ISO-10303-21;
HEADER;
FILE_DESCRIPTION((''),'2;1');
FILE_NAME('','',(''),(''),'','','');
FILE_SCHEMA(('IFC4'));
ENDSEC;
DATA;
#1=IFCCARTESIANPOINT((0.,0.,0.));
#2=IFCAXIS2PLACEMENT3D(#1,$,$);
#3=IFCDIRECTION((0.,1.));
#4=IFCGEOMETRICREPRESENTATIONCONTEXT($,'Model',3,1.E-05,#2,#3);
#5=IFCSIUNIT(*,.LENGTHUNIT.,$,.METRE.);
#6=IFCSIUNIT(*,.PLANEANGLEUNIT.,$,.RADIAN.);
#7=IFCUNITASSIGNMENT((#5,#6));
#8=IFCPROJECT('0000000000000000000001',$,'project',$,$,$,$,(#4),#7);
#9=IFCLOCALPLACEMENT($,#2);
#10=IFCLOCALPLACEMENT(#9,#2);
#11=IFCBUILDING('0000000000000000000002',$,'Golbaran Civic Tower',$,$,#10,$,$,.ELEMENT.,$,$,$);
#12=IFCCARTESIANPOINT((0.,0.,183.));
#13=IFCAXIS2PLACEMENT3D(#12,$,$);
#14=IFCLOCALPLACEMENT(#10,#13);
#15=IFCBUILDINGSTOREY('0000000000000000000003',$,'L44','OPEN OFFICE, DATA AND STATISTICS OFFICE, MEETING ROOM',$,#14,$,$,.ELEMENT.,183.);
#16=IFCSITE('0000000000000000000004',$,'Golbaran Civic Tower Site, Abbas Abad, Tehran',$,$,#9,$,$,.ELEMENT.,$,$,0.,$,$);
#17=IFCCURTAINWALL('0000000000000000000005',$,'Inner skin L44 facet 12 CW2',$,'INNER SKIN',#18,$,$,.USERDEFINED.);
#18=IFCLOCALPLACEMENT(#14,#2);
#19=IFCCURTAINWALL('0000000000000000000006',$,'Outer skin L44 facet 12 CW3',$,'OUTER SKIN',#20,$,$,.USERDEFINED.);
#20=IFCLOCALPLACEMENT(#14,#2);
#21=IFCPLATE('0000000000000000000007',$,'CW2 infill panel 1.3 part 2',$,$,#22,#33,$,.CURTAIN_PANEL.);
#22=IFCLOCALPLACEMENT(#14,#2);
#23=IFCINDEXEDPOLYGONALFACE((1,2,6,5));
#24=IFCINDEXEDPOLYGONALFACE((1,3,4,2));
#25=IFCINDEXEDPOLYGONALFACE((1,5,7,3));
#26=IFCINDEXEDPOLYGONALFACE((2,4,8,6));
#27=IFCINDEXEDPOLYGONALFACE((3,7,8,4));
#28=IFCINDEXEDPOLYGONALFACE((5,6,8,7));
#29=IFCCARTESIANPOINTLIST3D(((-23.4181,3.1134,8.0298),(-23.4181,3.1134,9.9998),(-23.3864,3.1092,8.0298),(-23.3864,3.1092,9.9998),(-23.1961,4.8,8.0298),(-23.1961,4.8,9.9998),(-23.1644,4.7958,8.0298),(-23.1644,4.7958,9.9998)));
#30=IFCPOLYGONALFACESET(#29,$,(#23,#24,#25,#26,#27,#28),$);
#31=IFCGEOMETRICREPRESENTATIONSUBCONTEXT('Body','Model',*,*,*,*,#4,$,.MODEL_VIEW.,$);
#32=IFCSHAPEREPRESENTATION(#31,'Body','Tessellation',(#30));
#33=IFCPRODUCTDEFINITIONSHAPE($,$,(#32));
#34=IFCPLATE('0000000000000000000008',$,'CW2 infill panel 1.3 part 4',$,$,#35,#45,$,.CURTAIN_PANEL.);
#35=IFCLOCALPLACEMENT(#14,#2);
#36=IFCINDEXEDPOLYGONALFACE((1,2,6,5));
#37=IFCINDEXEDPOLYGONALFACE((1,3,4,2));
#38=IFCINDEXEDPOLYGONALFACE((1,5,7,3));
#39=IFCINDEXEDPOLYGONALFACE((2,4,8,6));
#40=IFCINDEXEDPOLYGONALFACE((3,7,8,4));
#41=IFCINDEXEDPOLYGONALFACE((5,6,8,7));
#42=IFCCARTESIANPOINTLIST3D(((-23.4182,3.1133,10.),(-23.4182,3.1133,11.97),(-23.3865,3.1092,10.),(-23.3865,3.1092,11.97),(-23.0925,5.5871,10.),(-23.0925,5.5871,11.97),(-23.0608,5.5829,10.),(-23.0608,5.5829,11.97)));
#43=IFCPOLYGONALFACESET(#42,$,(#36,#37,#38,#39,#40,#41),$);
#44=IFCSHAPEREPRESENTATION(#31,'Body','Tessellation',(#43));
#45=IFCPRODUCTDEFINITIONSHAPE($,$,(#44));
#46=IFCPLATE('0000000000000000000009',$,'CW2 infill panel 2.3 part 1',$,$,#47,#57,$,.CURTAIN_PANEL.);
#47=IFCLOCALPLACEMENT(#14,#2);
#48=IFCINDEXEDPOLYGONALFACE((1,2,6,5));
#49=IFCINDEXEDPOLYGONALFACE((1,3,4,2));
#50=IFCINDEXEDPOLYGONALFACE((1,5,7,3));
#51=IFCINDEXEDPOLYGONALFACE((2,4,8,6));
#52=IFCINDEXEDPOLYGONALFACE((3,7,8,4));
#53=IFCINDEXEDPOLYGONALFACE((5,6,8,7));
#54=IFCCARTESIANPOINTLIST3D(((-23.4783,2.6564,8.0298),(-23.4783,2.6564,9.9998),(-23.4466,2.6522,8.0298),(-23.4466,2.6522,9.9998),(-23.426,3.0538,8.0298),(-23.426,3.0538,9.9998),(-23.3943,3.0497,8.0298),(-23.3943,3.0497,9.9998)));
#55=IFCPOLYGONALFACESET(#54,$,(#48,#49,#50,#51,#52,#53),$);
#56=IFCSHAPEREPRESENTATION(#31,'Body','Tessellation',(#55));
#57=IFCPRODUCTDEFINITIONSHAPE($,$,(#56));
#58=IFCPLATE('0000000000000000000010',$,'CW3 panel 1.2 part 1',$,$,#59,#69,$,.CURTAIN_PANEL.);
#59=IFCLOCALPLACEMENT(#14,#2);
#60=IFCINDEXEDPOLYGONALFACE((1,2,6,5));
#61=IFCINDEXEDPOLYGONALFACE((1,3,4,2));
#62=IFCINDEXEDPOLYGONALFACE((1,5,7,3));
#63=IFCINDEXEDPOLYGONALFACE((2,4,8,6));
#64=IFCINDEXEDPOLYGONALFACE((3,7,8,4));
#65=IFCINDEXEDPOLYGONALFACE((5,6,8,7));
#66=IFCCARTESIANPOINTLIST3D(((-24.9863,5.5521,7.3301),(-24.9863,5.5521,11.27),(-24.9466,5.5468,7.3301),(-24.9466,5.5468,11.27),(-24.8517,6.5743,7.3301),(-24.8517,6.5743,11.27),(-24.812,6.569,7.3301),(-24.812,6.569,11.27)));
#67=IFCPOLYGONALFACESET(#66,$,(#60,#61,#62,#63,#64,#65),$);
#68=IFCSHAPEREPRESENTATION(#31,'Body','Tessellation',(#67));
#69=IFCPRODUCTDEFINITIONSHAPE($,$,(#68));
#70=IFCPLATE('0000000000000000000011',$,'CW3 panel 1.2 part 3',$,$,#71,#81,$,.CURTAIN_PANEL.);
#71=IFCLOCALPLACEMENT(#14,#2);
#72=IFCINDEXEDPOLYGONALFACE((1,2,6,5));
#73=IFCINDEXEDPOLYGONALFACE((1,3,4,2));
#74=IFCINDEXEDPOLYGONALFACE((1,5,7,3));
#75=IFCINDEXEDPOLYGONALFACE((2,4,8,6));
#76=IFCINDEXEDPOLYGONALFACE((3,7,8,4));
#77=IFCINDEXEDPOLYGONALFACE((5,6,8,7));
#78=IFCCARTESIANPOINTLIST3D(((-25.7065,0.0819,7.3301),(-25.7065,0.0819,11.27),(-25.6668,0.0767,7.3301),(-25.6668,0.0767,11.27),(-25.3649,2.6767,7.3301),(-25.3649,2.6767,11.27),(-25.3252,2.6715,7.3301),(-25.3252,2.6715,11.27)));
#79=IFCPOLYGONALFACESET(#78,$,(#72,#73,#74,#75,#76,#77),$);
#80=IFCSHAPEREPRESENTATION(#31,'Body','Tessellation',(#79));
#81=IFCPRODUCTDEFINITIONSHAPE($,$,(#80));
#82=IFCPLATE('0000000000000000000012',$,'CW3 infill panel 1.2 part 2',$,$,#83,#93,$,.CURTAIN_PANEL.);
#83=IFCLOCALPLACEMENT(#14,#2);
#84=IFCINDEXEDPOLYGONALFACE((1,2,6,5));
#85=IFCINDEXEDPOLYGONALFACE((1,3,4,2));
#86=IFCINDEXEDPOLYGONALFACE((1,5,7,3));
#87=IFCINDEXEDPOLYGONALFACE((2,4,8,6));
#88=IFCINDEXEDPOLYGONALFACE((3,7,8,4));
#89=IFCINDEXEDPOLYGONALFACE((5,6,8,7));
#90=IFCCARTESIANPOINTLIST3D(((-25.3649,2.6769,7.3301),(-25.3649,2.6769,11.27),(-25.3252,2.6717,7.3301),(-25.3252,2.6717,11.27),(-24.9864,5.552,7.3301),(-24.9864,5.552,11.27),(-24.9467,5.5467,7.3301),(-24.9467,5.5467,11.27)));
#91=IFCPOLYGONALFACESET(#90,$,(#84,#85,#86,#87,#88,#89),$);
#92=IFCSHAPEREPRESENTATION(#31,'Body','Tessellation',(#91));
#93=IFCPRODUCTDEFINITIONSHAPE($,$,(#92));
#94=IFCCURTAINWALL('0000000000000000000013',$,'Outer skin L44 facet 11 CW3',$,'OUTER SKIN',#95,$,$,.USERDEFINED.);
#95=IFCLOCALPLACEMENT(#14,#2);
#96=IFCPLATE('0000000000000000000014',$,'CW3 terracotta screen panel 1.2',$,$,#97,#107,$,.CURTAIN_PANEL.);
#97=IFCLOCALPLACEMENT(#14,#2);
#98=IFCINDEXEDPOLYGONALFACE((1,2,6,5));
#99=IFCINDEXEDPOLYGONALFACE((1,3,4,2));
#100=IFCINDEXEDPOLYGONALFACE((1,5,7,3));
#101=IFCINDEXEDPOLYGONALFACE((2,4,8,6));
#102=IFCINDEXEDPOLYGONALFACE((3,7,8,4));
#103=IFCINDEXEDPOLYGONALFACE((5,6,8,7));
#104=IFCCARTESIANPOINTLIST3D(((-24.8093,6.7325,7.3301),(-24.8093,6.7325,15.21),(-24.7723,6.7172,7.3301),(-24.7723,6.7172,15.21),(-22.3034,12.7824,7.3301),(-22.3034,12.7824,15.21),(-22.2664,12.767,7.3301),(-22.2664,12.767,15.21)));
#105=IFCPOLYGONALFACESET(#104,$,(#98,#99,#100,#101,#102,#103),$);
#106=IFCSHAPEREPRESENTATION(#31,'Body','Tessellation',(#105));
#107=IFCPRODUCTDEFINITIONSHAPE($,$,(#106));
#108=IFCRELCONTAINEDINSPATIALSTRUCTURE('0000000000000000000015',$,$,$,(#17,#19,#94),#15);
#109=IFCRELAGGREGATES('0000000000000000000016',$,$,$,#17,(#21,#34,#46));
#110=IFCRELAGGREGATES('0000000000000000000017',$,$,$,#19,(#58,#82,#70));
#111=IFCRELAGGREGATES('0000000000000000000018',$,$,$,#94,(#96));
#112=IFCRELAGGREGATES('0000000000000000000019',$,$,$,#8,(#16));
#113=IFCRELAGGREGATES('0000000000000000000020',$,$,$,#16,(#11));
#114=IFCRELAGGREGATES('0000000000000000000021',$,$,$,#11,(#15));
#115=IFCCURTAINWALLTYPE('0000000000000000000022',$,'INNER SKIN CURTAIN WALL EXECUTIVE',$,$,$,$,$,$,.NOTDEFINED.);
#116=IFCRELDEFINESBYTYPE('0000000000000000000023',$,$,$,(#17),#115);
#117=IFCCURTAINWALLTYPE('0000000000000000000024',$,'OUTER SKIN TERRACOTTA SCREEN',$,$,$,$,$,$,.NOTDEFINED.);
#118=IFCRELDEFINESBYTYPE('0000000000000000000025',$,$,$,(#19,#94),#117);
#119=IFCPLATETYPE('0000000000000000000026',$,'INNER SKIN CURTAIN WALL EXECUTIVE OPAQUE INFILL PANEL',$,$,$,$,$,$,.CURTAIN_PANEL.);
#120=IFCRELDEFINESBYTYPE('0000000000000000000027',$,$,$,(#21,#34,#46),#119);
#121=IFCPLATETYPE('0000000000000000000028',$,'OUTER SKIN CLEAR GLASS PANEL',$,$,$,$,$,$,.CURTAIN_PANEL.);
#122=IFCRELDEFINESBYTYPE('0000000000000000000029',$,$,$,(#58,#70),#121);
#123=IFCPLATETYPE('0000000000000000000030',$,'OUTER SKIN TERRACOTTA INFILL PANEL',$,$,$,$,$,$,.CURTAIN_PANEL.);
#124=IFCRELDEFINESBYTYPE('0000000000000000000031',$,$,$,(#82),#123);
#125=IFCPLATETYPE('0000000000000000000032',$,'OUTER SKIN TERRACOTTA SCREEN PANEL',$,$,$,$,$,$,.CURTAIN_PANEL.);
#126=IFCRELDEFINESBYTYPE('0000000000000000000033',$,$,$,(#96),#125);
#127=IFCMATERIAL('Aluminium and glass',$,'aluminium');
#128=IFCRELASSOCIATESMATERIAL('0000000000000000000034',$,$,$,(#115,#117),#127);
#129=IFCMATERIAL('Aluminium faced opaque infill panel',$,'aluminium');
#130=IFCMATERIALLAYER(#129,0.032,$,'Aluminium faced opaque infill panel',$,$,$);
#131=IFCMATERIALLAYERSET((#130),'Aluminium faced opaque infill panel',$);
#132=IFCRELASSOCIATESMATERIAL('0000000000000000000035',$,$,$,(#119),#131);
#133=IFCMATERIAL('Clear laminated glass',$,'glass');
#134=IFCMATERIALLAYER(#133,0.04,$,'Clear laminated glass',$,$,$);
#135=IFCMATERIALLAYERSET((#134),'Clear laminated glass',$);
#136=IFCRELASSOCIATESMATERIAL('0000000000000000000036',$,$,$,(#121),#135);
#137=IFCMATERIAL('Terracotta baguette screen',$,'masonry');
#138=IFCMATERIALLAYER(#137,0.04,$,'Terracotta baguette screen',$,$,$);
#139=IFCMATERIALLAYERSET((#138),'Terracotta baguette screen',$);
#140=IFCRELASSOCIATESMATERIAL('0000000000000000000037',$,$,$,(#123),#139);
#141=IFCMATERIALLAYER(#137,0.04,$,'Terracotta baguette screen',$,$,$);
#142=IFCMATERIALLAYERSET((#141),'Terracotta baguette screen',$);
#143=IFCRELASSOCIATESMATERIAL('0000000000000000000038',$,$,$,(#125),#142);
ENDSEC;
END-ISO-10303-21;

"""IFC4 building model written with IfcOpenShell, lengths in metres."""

from ifc_helpers import new_model, si_unit, direction, frame, origin, origin_2d, place, context, subcontext, project, spatial, rectangle, extrude, material, layer, layer_set, type_object, element, aggregate, save


model = new_model("IFC4")

# Units and contexts
model_context = context("Model", 3, precision=1e-05, world=origin(), true_north=direction((0.0, 1.0)))
body_context = subcontext(model_context, "Body", "Model", "MODEL_VIEW")
ifc_project = project(units=[si_unit("LENGTHUNIT", "METRE"), si_unit("PLANEANGLEUNIT", "RADIAN")], contexts=[model_context])

# Site, building, storey
site_placement = place(None, origin())
site = spatial("IfcSite", under=ifc_project, at=site_placement, Name="Golbaran Civic Tower Site, Abbas Abad, Tehran", CompositionType="ELEMENT", RefElevation=0.0)
building_placement = place(site_placement, origin())
building = spatial("IfcBuilding", under=site, at=building_placement, Name="Golbaran Civic Tower", CompositionType="ELEMENT")
storey_placement = place(building_placement, frame((0.0, 0.0, 183.0)))
storey = spatial("IfcBuildingStorey", under=building, at=storey_placement, Name="L44", Description="OPEN OFFICE, DATA AND STATISTICS OFFICE, MEETING ROOM", CompositionType="ELEMENT", Elevation=183.0)

# Shared definitions
ifc_material_1 = material(Name="Aluminium and glass", Category="aluminium")
curtain_wall_type_1 = type_object("IfcCurtainWallType", Name="INNER SKIN CURTAIN WALL EXECUTIVE", PredefinedType="NOTDEFINED", material=ifc_material_1)

# Curtain wall
curtain_wall_1_placement = place(storey_placement, origin())
curtain_wall_1 = element("IfcCurtainWall", 1, at=curtain_wall_1_placement, inside=storey, type_object=curtain_wall_type_1, Name="Inner skin L44 facet 12 CW2", ObjectType="INNER SKIN", PredefinedType="USERDEFINED")

# Curtain wall
curtain_wall_type_2 = type_object("IfcCurtainWallType", Name="OUTER SKIN TERRACOTTA SCREEN", PredefinedType="NOTDEFINED", material=ifc_material_1)
curtain_wall_2_placement = place(storey_placement, origin())
curtain_wall_2 = element("IfcCurtainWall", 2, at=curtain_wall_2_placement, inside=storey, type_object=curtain_wall_type_2, Name="Outer skin L44 facet 12 CW3", ObjectType="OUTER SKIN", PredefinedType="USERDEFINED")

# Plates
ifc_material_2 = material(Name="Aluminium faced opaque infill panel", Category="aluminium")
ifc_layer_1 = layer(ifc_material_2, 0.032, Name="Aluminium faced opaque infill panel")
ifc_layer_set_1 = layer_set([ifc_layer_1], Name="Aluminium faced opaque infill panel")
plate_type_1 = type_object("IfcPlateType", Name="INNER SKIN CURTAIN WALL EXECUTIVE OPAQUE INFILL PANEL", PredefinedType="CURTAIN_PANEL", material=ifc_layer_set_1)
plate_1_placement = place(storey_placement, frame((-23.2913, 3.9546, 8.0298), z_axis=(0.0, 0.0, 1.0), x_axis=(-0.130526, -0.991445, 0.0)))
plate_1 = element("IfcPlate", 3, at=plate_1_placement, type_object=plate_type_1, Name="CW2 infill panel 1.3 part 2", PredefinedType="CURTAIN_PANEL", context=body_context, shape_type="SweptSolid", body=[
    extrude(rectangle(XDim=1.7012, YDim=0.032, at=origin_2d()), origin(), (0.0, 0.0, 1.0), 1.97),
])
plate_2_placement = place(storey_placement, frame((-23.2395, 4.3481, 10.0), z_axis=(0.0, 0.0, 1.0), x_axis=(-0.130526, -0.991445, 0.0)))
plate_2 = element("IfcPlate", 4, at=plate_2_placement, type_object=plate_type_1, Name="CW2 infill panel 1.3 part 4", PredefinedType="CURTAIN_PANEL", context=body_context, shape_type="SweptSolid", body=[
    extrude(rectangle(XDim=2.4951, YDim=0.032, at=origin_2d()), origin(), (0.0, 0.0, 1.0), 1.97),
])
plate_3_placement = place(storey_placement, frame((-23.4363, 2.853, 8.0298), z_axis=(0.0, 0.0, 1.0), x_axis=(-0.130526, -0.991445, 0.0)))
plate_3 = element("IfcPlate", 5, at=plate_3_placement, type_object=plate_type_1, Name="CW2 infill panel 2.3 part 1", PredefinedType="CURTAIN_PANEL", context=body_context, shape_type="SweptSolid", body=[
    extrude(rectangle(XDim=0.4009, YDim=0.032, at=origin_2d()), origin(), (0.0, 0.0, 1.0), 1.97),
])
aggregate(curtain_wall_1, [plate_1, plate_2, plate_3])
ifc_material_3 = material(Name="Clear laminated glass", Category="glass")
ifc_layer_2 = layer(ifc_material_3, 0.04, Name="Clear laminated glass")
ifc_layer_set_2 = layer_set([ifc_layer_2], Name="Clear laminated glass")
plate_type_2 = type_object("IfcPlateType", Name="OUTER SKIN CLEAR GLASS PANEL", PredefinedType="CURTAIN_PANEL", material=ifc_layer_set_2)
plate_4_placement = place(storey_placement, frame((-24.8992, 6.0605, 7.3301), z_axis=(0.0, 0.0, 1.0), x_axis=(-0.130526, -0.991445, 0.0)))
plate_4 = element("IfcPlate", 6, at=plate_4_placement, type_object=plate_type_2, Name="CW3 panel 1.2 part 1", PredefinedType="CURTAIN_PANEL", context=body_context, shape_type="SweptSolid", body=[
    extrude(rectangle(XDim=1.031, YDim=0.04, at=origin_2d()), origin(), (0.0, 0.0, 1.0), 3.9399),
])
plate_5_placement = place(storey_placement, frame((-25.5159, 1.3767, 7.3301), z_axis=(0.0, 0.0, 1.0), x_axis=(-0.130526, -0.991445, 0.0)))
plate_5 = element("IfcPlate", 7, at=plate_5_placement, type_object=plate_type_2, Name="CW3 panel 1.2 part 3", PredefinedType="CURTAIN_PANEL", context=body_context, shape_type="SweptSolid", body=[
    extrude(rectangle(XDim=2.6172, YDim=0.04, at=origin_2d()), origin(), (0.0, 0.0, 1.0), 3.9399),
])
ifc_material_4 = material(Name="Terracotta baguette screen", Category="masonry")
ifc_layer_3 = layer(ifc_material_4, 0.04, Name="Terracotta baguette screen")
ifc_layer_set_3 = layer_set([ifc_layer_3], Name="Terracotta baguette screen")
plate_type_3 = type_object("IfcPlateType", Name="OUTER SKIN TERRACOTTA INFILL PANEL", PredefinedType="CURTAIN_PANEL", material=ifc_layer_set_3)
plate_6_placement = place(storey_placement, frame((-25.1558, 4.1118, 7.3301), z_axis=(0.0, 0.0, 1.0), x_axis=(-0.130526, -0.991445, 0.0)))
plate_6 = element("IfcPlate", 8, at=plate_6_placement, type_object=plate_type_3, Name="CW3 infill panel 1.2 part 2", PredefinedType="CURTAIN_PANEL", context=body_context, shape_type="SweptSolid", body=[
    extrude(rectangle(XDim=2.8999, YDim=0.04, at=origin_2d()), origin(), (0.0, 0.0, 1.0), 3.9399),
])
aggregate(curtain_wall_2, [plate_4, plate_6, plate_5])

# Curtain wall, plate
curtain_wall_3_placement = place(storey_placement, origin())
curtain_wall_3 = element("IfcCurtainWall", 9, at=curtain_wall_3_placement, inside=storey, type_object=curtain_wall_type_2, Name="Outer skin L44 facet 11 CW3", ObjectType="OUTER SKIN", PredefinedType="USERDEFINED")
ifc_layer_4 = layer(ifc_material_4, 0.04, Name="Terracotta baguette screen")
ifc_layer_set_4 = layer_set([ifc_layer_4], Name="Terracotta baguette screen")
plate_type_4 = type_object("IfcPlateType", Name="OUTER SKIN TERRACOTTA SCREEN PANEL", PredefinedType="CURTAIN_PANEL", material=ifc_layer_set_4)
plate_7_placement = place(storey_placement, frame((-23.5378, 9.7498, 7.3301), z_axis=(0.0, 0.0, 1.0), x_axis=(-0.382683, -0.92388, 0.0)))
plate_7 = element("IfcPlate", 10, at=plate_7_placement, type_object=plate_type_4, Name="CW3 terracotta screen panel 1.2", PredefinedType="CURTAIN_PANEL", context=body_context, shape_type="SweptSolid", body=[
    extrude(rectangle(XDim=6.5483, YDim=0.04, at=origin_2d()), origin(), (0.0, 0.0, 1.0), 7.8799),
])
aggregate(curtain_wall_3, [plate_7])

save(model, "model.ifc")
